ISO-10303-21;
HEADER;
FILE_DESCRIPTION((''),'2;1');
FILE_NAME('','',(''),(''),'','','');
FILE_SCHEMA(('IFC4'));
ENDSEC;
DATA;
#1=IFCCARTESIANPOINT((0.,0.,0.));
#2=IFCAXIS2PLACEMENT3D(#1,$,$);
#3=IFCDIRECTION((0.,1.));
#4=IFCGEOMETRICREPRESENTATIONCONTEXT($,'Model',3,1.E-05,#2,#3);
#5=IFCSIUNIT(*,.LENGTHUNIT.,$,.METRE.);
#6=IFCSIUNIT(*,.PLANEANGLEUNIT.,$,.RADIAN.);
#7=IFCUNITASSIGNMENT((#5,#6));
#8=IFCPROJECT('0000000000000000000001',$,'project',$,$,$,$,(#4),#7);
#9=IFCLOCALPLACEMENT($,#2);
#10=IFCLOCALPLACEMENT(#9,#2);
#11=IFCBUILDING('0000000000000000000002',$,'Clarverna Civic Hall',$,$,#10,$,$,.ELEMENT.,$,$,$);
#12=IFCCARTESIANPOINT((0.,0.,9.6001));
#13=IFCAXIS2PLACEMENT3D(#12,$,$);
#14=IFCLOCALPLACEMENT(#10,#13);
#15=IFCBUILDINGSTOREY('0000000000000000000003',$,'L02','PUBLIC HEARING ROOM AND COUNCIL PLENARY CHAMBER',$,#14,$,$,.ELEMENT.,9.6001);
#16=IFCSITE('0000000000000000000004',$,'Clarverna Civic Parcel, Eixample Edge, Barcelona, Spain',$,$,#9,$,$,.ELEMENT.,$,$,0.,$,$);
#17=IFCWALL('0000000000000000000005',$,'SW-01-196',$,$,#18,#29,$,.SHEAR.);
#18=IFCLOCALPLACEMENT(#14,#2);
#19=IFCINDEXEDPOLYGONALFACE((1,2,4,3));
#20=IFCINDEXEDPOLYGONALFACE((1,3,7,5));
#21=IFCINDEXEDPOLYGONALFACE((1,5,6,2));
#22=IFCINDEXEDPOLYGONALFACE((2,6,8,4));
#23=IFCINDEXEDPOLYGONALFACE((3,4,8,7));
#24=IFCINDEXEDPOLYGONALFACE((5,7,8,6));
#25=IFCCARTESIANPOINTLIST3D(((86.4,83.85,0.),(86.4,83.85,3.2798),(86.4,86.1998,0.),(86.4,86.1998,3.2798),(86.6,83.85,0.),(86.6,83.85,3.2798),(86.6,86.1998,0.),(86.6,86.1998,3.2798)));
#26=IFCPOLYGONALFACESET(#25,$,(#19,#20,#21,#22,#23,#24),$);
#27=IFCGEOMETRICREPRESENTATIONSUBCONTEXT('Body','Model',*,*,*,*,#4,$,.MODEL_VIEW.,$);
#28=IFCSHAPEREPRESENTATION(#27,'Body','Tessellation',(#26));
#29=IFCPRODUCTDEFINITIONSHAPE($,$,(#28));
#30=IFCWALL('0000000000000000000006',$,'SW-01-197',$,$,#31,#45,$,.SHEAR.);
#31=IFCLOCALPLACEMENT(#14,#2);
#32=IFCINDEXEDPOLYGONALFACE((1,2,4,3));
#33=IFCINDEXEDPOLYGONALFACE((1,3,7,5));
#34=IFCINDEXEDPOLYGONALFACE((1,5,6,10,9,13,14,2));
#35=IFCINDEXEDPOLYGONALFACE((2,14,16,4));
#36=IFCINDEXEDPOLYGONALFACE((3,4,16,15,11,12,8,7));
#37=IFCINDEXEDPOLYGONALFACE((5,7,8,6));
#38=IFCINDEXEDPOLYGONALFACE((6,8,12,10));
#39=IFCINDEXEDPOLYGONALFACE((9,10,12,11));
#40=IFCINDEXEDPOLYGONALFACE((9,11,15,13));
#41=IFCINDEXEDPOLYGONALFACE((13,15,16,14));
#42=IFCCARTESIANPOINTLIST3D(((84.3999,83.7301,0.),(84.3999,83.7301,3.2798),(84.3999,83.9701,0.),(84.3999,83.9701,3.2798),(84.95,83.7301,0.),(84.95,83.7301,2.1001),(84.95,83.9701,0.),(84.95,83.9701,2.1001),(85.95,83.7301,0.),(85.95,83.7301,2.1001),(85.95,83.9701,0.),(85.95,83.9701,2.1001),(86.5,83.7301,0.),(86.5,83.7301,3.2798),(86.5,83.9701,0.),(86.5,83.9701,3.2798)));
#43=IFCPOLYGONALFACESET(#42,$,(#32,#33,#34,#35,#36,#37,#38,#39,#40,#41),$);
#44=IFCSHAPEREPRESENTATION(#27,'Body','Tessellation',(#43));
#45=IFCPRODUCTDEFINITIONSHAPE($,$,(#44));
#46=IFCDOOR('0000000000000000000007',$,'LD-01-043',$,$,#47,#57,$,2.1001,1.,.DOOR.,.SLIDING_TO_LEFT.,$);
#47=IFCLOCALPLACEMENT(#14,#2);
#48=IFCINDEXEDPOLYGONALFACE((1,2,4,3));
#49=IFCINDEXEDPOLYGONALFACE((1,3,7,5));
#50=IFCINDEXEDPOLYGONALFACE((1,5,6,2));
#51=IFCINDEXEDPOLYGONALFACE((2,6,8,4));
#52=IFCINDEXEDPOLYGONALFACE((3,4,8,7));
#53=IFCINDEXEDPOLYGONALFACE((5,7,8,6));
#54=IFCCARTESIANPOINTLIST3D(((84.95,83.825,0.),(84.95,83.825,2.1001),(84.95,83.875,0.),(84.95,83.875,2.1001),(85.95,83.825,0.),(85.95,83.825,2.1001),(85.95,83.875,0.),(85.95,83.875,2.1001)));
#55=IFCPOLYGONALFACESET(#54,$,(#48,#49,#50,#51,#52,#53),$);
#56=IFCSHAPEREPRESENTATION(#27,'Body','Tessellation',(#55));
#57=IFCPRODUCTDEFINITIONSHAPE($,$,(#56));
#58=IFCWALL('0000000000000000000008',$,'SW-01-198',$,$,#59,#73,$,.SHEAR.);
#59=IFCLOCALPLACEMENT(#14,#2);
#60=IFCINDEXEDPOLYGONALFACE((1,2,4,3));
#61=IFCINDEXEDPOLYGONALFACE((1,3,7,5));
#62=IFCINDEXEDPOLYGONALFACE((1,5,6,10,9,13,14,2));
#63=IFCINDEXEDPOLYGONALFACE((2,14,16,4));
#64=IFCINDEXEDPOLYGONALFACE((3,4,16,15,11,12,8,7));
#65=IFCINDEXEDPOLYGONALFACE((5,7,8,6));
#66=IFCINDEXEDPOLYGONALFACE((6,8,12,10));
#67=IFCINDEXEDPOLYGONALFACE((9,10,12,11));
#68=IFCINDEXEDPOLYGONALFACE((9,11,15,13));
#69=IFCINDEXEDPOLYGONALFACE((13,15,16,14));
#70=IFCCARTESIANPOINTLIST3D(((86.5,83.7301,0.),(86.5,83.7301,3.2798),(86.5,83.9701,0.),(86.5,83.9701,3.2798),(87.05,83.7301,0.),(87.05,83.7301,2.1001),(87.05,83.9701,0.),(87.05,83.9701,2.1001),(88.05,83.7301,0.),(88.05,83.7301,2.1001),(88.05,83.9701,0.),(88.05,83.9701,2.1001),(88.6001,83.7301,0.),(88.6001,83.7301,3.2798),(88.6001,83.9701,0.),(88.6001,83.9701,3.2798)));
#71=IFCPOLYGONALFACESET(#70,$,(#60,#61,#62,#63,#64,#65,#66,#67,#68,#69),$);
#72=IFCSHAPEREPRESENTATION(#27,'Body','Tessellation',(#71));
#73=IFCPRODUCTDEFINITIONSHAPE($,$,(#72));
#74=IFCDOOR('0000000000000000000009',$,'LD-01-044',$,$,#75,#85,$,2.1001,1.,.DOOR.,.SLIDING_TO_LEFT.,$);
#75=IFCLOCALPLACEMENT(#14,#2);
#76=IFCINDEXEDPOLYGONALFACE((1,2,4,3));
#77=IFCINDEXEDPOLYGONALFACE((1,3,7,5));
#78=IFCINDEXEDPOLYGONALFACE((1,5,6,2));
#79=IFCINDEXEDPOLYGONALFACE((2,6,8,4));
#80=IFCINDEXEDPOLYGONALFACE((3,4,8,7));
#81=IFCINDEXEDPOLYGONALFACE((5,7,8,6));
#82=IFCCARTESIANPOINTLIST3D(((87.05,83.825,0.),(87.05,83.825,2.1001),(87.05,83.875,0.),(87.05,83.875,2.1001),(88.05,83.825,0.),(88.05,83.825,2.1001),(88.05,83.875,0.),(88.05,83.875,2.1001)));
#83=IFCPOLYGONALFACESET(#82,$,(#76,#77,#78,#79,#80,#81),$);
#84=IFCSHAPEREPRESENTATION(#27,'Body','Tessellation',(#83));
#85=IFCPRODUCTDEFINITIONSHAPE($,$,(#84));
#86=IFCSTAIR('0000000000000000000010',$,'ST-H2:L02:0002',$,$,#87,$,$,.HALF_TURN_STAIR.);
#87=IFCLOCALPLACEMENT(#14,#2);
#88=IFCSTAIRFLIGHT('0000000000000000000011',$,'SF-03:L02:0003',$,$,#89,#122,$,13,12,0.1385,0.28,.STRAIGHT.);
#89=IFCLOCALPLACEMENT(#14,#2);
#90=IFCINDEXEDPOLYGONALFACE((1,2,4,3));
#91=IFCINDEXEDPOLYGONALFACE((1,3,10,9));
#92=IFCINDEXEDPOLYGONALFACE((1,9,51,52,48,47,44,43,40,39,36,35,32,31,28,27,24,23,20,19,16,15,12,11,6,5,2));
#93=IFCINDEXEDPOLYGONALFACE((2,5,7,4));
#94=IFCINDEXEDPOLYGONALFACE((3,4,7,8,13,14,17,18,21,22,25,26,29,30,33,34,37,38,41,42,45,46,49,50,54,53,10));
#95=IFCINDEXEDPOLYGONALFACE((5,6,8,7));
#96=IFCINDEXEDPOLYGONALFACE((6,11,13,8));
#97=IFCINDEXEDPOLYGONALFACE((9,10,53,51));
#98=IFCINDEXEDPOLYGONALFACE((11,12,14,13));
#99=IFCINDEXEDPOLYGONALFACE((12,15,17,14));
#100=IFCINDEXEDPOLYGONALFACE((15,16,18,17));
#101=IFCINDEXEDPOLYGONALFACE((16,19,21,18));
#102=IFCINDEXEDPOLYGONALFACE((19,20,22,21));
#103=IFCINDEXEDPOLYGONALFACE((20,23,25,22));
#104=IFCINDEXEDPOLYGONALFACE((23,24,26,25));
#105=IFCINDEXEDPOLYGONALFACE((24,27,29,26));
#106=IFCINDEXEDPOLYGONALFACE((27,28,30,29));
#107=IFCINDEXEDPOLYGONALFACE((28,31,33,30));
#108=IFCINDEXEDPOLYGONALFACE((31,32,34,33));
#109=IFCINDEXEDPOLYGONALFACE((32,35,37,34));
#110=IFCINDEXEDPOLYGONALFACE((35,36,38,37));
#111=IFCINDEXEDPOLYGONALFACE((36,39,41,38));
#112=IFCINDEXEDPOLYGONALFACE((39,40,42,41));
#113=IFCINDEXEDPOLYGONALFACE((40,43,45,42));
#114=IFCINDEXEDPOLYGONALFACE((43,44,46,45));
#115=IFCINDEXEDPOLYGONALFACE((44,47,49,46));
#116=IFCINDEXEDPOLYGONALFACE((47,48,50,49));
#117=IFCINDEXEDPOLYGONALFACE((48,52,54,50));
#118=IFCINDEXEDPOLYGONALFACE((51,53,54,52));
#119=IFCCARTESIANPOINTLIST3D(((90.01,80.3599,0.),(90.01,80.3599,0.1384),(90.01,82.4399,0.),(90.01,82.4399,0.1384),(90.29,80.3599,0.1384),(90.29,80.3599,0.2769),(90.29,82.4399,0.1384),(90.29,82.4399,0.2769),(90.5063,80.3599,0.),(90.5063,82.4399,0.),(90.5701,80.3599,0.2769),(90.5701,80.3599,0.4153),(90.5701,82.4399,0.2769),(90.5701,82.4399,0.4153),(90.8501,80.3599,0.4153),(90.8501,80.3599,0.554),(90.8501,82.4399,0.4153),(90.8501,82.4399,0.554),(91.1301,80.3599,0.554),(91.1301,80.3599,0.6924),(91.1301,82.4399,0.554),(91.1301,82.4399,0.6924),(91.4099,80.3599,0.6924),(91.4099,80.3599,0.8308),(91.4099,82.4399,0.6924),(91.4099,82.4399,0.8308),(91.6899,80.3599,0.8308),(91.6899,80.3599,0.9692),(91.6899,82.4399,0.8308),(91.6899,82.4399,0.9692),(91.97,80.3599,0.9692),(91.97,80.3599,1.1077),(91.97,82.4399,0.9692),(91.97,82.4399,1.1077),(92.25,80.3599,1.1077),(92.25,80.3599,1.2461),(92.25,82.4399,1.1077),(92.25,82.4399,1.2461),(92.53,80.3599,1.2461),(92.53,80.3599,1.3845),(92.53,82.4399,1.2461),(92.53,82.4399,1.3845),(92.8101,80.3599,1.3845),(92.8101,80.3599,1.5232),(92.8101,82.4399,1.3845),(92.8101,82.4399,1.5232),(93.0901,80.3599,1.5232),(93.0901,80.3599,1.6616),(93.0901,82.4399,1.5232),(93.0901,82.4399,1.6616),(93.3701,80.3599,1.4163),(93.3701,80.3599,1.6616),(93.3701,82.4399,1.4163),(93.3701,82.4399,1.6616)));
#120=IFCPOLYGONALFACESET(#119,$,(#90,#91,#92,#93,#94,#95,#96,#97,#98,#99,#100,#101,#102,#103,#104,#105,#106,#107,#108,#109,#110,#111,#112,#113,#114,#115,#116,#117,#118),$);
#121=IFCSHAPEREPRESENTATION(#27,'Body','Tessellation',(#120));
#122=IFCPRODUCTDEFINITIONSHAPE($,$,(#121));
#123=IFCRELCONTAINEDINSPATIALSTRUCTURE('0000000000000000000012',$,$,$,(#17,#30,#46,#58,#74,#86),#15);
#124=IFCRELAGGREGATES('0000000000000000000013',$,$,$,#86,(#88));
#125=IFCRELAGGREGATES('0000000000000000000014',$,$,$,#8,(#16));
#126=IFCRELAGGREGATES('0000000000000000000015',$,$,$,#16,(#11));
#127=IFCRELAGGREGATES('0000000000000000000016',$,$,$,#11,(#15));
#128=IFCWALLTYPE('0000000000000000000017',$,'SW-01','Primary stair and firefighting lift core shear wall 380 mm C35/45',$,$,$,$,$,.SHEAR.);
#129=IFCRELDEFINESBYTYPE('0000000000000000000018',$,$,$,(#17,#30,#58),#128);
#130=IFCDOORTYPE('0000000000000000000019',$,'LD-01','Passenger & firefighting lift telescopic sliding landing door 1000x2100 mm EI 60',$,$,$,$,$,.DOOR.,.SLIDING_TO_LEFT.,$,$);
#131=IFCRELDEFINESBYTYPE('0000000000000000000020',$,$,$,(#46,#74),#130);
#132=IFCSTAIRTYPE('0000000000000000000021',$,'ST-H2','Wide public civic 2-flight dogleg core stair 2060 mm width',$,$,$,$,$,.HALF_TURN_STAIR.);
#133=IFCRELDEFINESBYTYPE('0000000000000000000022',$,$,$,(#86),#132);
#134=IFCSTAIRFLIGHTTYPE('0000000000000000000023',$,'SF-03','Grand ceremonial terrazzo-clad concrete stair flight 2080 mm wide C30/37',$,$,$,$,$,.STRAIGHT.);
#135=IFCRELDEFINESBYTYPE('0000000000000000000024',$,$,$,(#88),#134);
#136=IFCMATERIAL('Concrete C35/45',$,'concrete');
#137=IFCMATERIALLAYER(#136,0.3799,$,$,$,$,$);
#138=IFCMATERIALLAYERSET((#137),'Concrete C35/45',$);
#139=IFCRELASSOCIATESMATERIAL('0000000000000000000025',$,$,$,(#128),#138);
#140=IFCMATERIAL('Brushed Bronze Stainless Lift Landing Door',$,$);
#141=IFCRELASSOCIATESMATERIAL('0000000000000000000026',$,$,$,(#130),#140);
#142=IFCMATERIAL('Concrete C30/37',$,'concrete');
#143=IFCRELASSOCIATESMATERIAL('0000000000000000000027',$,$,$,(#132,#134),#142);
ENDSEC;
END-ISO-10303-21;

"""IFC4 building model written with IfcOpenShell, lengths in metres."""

from ifc_helpers import new_model, si_unit, direction, frame, frame_2d, origin, place, context, subcontext, project, spatial, polyline, rectangle, outline, extrude, material, layer, layer_set, type_object, element, fill, aggregate, save


model = new_model("IFC4")

# Units and contexts
model_context = context("Model", 3, precision=1e-05, world=origin(), true_north=direction((0.0, 1.0)))
body_context = subcontext(model_context, "Body", "Model", "MODEL_VIEW")
ifc_project = project(units=[si_unit("LENGTHUNIT", "METRE"), si_unit("PLANEANGLEUNIT", "RADIAN")], contexts=[model_context])

# Site, building, storey
site_placement = place(None, origin())
site = spatial("IfcSite", under=ifc_project, at=site_placement, Name="Clarverna Civic Parcel, Eixample Edge, Barcelona, Spain", CompositionType="ELEMENT", RefElevation=0.0)
building_placement = place(site_placement, origin())
building = spatial("IfcBuilding", under=site, at=building_placement, Name="Clarverna Civic Hall", CompositionType="ELEMENT")
storey_placement = place(building_placement, frame((0.0, 0.0, 9.6001)))
storey = spatial("IfcBuildingStorey", under=building, at=storey_placement, Name="L02", Description="PUBLIC HEARING ROOM AND COUNCIL PLENARY CHAMBER", CompositionType="ELEMENT", Elevation=9.6001)

# Shared definitions
ifc_material_1 = material(Name="Concrete C35/45", Category="concrete")

# Shared definitions
ifc_layer = layer(ifc_material_1, 0.3799)
ifc_layer_set = layer_set([ifc_layer], Name="Concrete C35/45")
wall_type = type_object("IfcWallType", Name="SW-01", Description="Primary stair and firefighting lift core shear wall 380 mm C35/45", PredefinedType="SHEAR", material=ifc_layer_set)

# Wall
wall_1_placement = place(storey_placement, frame((86.5, 83.8501, 0.0), z_axis=(0.0, 0.0, 1.0), x_axis=(0.0, 1.0, 0.0)))
element("IfcWall", 1, at=wall_1_placement, inside=storey, type_object=wall_type, Name="SW-01-196", PredefinedType="SHEAR", context=body_context, shape_type="SweptSolid", body=[
    extrude(rectangle(XDim=2.3499, YDim=0.2, at=frame_2d((1.1748, 0.0))), origin(), (0.0, 0.0, 1.0), 3.2798),
])

# Walls, openings, doors
wall_2_placement = place(storey_placement, frame((84.3999, 83.8501, 0.0), z_axis=(0.0, 0.0, 1.0), x_axis=(1.0, 0.0, 0.0)))
wall_2 = element("IfcWall", 2, at=wall_2_placement, inside=storey, type_object=wall_type, Name="SW-01-197", PredefinedType="SHEAR", context=body_context, shape_type="SweptSolid", body=[
    extrude(rectangle(XDim=2.1001, YDim=0.24, at=frame_2d((1.05, 0.0))), origin(), (0.0, 0.0, 1.0), 3.2798),
])
opening_1_placement = place(wall_2_placement, frame((0.55, 0.0, 0.0)))
opening_1 = element("IfcOpeningElement", 3, at=opening_1_placement, cuts=wall_2, PredefinedType="OPENING", context=body_context, shape_type="SweptSolid", body=[
    extrude(rectangle(XDim=1.0, YDim=2.1001, at=frame_2d((0.5, 1.05))), frame((0.0, 0.1299, 0.0), z_axis=(0.0, -1.0, 0.0), x_axis=(1.0, 0.0, 0.0)), (0.0, 0.0, 1.0), 0.26),
])
ifc_material_2 = material(Name="Brushed Bronze Stainless Lift Landing Door")
door_type_1 = type_object("IfcDoorType", Name="LD-01", Description="Passenger & firefighting lift telescopic sliding landing door 1000x2100 mm EI 60", OperationType="SLIDING_TO_LEFT", PredefinedType="DOOR", material=ifc_material_2)
door_1_placement = place(opening_1_placement, origin())
door_1 = element("IfcDoor", 4, at=door_1_placement, inside=storey, type_object=door_type_1, Name="LD-01-043", OperationType="SLIDING_TO_LEFT", OverallHeight=2.1001, OverallWidth=1.0, PredefinedType="DOOR", context=body_context, shape_type="SweptSolid", body=[
    extrude(rectangle(XDim=1.0, YDim=2.1001, at=frame_2d((0.5, 1.05))), frame((0.0, 0.0249, 0.0), z_axis=(0.0, -1.0, 0.0), x_axis=(1.0, 0.0, 0.0)), (0.0, 0.0, 1.0), 0.05),
])
fill(opening_1, door_1)
wall_3_placement = place(storey_placement, frame((86.5, 83.8501, 0.0), z_axis=(0.0, 0.0, 1.0), x_axis=(1.0, 0.0, 0.0)))
wall_3 = element("IfcWall", 5, at=wall_3_placement, inside=storey, type_object=wall_type, Name="SW-01-198", PredefinedType="SHEAR", context=body_context, shape_type="SweptSolid", body=[
    extrude(rectangle(XDim=2.1001, YDim=0.24, at=frame_2d((1.05, 0.0))), origin(), (0.0, 0.0, 1.0), 3.2798),
])
opening_2_placement = place(wall_3_placement, frame((0.55, 0.0, 0.0)))
opening_2 = element("IfcOpeningElement", 6, at=opening_2_placement, cuts=wall_3, PredefinedType="OPENING", context=body_context, shape_type="SweptSolid", body=[
    extrude(rectangle(XDim=1.0, YDim=2.1001, at=frame_2d((0.5, 1.05))), frame((0.0, 0.1299, 0.0), z_axis=(0.0, -1.0, 0.0), x_axis=(1.0, 0.0, 0.0)), (0.0, 0.0, 1.0), 0.26),
])
door_2_placement = place(opening_2_placement, origin())
door_2 = element("IfcDoor", 7, at=door_2_placement, inside=storey, type_object=door_type_1, Name="LD-01-044", OperationType="SLIDING_TO_LEFT", OverallHeight=2.1001, OverallWidth=1.0, PredefinedType="DOOR", context=body_context, shape_type="SweptSolid", body=[
    extrude(rectangle(XDim=1.0, YDim=2.1001, at=frame_2d((0.5, 1.05))), frame((0.0, 0.0249, 0.0), z_axis=(0.0, -1.0, 0.0), x_axis=(1.0, 0.0, 0.0)), (0.0, 0.0, 1.0), 0.05),
])
fill(opening_2, door_2)

# Stair, stair flight
ifc_material_3 = material(Name="Concrete C30/37", Category="concrete")
stair_type = type_object("IfcStairType", Name="ST-H2", Description="Wide public civic 2-flight dogleg core stair 2060 mm width", PredefinedType="HALF_TURN_STAIR", material=ifc_material_3)
stair_placement = place(storey_placement, origin())
stair = element("IfcStair", 8, at=stair_placement, inside=storey, type_object=stair_type, Name="ST-H2:L02:0002", PredefinedType="HALF_TURN_STAIR")
stair_flight_type = type_object("IfcStairFlightType", Name="SF-03", Description="Grand ceremonial terrazzo-clad concrete stair flight 2080 mm wide C30/37", PredefinedType="STRAIGHT", material=ifc_material_3)
stair_flight_placement = place(storey_placement, frame((90.01, 81.3999, 0.0), z_axis=(0.0, 0.0, 1.0), x_axis=(1.0, 0.0, 0.0)))
stair_flight = element("IfcStairFlight", 9, at=stair_flight_placement, type_object=stair_flight_type, Name="SF-03:L02:0003", NumberOfRisers=13, NumberOfTreads=12, PredefinedType="STRAIGHT", RiserHeight=0.1385, TreadLength=0.28, context=body_context, shape_type="SweptSolid", body=[
    extrude(outline(polyline([(0.0, 0.0), (0.0, 0.1384), (0.28, 0.1384), (0.28, 0.2769), (0.5601, 0.2769), (0.5601, 0.4153), (0.8401, 0.4153), (0.8401, 0.554), (1.1201, 0.554), (1.1201, 0.6924), (1.3999, 0.6924), (1.3999, 0.8308), (1.6799, 0.8308), (1.6799, 0.9692), (1.96, 0.9692), (1.96, 1.1077), (2.24, 1.1077), (2.24, 1.2461), (2.52, 1.2461), (2.52, 1.3845), (2.8, 1.3845), (2.8, 1.5232), (3.0801, 1.5232), (3.0801, 1.6616), (3.3601, 1.6616), (3.3601, 1.8), (3.3601, 1.4163), (0.4963, 0.0), (0.0, 0.0)])), frame((0.0, 1.04, 0.0), z_axis=(0.0, -1.0, 0.0), x_axis=(1.0, 0.0, 0.0)), (0.0, 0.0, 1.0), 2.0801),
])
aggregate(stair, [stair_flight])

save(model, "model.ifc")
